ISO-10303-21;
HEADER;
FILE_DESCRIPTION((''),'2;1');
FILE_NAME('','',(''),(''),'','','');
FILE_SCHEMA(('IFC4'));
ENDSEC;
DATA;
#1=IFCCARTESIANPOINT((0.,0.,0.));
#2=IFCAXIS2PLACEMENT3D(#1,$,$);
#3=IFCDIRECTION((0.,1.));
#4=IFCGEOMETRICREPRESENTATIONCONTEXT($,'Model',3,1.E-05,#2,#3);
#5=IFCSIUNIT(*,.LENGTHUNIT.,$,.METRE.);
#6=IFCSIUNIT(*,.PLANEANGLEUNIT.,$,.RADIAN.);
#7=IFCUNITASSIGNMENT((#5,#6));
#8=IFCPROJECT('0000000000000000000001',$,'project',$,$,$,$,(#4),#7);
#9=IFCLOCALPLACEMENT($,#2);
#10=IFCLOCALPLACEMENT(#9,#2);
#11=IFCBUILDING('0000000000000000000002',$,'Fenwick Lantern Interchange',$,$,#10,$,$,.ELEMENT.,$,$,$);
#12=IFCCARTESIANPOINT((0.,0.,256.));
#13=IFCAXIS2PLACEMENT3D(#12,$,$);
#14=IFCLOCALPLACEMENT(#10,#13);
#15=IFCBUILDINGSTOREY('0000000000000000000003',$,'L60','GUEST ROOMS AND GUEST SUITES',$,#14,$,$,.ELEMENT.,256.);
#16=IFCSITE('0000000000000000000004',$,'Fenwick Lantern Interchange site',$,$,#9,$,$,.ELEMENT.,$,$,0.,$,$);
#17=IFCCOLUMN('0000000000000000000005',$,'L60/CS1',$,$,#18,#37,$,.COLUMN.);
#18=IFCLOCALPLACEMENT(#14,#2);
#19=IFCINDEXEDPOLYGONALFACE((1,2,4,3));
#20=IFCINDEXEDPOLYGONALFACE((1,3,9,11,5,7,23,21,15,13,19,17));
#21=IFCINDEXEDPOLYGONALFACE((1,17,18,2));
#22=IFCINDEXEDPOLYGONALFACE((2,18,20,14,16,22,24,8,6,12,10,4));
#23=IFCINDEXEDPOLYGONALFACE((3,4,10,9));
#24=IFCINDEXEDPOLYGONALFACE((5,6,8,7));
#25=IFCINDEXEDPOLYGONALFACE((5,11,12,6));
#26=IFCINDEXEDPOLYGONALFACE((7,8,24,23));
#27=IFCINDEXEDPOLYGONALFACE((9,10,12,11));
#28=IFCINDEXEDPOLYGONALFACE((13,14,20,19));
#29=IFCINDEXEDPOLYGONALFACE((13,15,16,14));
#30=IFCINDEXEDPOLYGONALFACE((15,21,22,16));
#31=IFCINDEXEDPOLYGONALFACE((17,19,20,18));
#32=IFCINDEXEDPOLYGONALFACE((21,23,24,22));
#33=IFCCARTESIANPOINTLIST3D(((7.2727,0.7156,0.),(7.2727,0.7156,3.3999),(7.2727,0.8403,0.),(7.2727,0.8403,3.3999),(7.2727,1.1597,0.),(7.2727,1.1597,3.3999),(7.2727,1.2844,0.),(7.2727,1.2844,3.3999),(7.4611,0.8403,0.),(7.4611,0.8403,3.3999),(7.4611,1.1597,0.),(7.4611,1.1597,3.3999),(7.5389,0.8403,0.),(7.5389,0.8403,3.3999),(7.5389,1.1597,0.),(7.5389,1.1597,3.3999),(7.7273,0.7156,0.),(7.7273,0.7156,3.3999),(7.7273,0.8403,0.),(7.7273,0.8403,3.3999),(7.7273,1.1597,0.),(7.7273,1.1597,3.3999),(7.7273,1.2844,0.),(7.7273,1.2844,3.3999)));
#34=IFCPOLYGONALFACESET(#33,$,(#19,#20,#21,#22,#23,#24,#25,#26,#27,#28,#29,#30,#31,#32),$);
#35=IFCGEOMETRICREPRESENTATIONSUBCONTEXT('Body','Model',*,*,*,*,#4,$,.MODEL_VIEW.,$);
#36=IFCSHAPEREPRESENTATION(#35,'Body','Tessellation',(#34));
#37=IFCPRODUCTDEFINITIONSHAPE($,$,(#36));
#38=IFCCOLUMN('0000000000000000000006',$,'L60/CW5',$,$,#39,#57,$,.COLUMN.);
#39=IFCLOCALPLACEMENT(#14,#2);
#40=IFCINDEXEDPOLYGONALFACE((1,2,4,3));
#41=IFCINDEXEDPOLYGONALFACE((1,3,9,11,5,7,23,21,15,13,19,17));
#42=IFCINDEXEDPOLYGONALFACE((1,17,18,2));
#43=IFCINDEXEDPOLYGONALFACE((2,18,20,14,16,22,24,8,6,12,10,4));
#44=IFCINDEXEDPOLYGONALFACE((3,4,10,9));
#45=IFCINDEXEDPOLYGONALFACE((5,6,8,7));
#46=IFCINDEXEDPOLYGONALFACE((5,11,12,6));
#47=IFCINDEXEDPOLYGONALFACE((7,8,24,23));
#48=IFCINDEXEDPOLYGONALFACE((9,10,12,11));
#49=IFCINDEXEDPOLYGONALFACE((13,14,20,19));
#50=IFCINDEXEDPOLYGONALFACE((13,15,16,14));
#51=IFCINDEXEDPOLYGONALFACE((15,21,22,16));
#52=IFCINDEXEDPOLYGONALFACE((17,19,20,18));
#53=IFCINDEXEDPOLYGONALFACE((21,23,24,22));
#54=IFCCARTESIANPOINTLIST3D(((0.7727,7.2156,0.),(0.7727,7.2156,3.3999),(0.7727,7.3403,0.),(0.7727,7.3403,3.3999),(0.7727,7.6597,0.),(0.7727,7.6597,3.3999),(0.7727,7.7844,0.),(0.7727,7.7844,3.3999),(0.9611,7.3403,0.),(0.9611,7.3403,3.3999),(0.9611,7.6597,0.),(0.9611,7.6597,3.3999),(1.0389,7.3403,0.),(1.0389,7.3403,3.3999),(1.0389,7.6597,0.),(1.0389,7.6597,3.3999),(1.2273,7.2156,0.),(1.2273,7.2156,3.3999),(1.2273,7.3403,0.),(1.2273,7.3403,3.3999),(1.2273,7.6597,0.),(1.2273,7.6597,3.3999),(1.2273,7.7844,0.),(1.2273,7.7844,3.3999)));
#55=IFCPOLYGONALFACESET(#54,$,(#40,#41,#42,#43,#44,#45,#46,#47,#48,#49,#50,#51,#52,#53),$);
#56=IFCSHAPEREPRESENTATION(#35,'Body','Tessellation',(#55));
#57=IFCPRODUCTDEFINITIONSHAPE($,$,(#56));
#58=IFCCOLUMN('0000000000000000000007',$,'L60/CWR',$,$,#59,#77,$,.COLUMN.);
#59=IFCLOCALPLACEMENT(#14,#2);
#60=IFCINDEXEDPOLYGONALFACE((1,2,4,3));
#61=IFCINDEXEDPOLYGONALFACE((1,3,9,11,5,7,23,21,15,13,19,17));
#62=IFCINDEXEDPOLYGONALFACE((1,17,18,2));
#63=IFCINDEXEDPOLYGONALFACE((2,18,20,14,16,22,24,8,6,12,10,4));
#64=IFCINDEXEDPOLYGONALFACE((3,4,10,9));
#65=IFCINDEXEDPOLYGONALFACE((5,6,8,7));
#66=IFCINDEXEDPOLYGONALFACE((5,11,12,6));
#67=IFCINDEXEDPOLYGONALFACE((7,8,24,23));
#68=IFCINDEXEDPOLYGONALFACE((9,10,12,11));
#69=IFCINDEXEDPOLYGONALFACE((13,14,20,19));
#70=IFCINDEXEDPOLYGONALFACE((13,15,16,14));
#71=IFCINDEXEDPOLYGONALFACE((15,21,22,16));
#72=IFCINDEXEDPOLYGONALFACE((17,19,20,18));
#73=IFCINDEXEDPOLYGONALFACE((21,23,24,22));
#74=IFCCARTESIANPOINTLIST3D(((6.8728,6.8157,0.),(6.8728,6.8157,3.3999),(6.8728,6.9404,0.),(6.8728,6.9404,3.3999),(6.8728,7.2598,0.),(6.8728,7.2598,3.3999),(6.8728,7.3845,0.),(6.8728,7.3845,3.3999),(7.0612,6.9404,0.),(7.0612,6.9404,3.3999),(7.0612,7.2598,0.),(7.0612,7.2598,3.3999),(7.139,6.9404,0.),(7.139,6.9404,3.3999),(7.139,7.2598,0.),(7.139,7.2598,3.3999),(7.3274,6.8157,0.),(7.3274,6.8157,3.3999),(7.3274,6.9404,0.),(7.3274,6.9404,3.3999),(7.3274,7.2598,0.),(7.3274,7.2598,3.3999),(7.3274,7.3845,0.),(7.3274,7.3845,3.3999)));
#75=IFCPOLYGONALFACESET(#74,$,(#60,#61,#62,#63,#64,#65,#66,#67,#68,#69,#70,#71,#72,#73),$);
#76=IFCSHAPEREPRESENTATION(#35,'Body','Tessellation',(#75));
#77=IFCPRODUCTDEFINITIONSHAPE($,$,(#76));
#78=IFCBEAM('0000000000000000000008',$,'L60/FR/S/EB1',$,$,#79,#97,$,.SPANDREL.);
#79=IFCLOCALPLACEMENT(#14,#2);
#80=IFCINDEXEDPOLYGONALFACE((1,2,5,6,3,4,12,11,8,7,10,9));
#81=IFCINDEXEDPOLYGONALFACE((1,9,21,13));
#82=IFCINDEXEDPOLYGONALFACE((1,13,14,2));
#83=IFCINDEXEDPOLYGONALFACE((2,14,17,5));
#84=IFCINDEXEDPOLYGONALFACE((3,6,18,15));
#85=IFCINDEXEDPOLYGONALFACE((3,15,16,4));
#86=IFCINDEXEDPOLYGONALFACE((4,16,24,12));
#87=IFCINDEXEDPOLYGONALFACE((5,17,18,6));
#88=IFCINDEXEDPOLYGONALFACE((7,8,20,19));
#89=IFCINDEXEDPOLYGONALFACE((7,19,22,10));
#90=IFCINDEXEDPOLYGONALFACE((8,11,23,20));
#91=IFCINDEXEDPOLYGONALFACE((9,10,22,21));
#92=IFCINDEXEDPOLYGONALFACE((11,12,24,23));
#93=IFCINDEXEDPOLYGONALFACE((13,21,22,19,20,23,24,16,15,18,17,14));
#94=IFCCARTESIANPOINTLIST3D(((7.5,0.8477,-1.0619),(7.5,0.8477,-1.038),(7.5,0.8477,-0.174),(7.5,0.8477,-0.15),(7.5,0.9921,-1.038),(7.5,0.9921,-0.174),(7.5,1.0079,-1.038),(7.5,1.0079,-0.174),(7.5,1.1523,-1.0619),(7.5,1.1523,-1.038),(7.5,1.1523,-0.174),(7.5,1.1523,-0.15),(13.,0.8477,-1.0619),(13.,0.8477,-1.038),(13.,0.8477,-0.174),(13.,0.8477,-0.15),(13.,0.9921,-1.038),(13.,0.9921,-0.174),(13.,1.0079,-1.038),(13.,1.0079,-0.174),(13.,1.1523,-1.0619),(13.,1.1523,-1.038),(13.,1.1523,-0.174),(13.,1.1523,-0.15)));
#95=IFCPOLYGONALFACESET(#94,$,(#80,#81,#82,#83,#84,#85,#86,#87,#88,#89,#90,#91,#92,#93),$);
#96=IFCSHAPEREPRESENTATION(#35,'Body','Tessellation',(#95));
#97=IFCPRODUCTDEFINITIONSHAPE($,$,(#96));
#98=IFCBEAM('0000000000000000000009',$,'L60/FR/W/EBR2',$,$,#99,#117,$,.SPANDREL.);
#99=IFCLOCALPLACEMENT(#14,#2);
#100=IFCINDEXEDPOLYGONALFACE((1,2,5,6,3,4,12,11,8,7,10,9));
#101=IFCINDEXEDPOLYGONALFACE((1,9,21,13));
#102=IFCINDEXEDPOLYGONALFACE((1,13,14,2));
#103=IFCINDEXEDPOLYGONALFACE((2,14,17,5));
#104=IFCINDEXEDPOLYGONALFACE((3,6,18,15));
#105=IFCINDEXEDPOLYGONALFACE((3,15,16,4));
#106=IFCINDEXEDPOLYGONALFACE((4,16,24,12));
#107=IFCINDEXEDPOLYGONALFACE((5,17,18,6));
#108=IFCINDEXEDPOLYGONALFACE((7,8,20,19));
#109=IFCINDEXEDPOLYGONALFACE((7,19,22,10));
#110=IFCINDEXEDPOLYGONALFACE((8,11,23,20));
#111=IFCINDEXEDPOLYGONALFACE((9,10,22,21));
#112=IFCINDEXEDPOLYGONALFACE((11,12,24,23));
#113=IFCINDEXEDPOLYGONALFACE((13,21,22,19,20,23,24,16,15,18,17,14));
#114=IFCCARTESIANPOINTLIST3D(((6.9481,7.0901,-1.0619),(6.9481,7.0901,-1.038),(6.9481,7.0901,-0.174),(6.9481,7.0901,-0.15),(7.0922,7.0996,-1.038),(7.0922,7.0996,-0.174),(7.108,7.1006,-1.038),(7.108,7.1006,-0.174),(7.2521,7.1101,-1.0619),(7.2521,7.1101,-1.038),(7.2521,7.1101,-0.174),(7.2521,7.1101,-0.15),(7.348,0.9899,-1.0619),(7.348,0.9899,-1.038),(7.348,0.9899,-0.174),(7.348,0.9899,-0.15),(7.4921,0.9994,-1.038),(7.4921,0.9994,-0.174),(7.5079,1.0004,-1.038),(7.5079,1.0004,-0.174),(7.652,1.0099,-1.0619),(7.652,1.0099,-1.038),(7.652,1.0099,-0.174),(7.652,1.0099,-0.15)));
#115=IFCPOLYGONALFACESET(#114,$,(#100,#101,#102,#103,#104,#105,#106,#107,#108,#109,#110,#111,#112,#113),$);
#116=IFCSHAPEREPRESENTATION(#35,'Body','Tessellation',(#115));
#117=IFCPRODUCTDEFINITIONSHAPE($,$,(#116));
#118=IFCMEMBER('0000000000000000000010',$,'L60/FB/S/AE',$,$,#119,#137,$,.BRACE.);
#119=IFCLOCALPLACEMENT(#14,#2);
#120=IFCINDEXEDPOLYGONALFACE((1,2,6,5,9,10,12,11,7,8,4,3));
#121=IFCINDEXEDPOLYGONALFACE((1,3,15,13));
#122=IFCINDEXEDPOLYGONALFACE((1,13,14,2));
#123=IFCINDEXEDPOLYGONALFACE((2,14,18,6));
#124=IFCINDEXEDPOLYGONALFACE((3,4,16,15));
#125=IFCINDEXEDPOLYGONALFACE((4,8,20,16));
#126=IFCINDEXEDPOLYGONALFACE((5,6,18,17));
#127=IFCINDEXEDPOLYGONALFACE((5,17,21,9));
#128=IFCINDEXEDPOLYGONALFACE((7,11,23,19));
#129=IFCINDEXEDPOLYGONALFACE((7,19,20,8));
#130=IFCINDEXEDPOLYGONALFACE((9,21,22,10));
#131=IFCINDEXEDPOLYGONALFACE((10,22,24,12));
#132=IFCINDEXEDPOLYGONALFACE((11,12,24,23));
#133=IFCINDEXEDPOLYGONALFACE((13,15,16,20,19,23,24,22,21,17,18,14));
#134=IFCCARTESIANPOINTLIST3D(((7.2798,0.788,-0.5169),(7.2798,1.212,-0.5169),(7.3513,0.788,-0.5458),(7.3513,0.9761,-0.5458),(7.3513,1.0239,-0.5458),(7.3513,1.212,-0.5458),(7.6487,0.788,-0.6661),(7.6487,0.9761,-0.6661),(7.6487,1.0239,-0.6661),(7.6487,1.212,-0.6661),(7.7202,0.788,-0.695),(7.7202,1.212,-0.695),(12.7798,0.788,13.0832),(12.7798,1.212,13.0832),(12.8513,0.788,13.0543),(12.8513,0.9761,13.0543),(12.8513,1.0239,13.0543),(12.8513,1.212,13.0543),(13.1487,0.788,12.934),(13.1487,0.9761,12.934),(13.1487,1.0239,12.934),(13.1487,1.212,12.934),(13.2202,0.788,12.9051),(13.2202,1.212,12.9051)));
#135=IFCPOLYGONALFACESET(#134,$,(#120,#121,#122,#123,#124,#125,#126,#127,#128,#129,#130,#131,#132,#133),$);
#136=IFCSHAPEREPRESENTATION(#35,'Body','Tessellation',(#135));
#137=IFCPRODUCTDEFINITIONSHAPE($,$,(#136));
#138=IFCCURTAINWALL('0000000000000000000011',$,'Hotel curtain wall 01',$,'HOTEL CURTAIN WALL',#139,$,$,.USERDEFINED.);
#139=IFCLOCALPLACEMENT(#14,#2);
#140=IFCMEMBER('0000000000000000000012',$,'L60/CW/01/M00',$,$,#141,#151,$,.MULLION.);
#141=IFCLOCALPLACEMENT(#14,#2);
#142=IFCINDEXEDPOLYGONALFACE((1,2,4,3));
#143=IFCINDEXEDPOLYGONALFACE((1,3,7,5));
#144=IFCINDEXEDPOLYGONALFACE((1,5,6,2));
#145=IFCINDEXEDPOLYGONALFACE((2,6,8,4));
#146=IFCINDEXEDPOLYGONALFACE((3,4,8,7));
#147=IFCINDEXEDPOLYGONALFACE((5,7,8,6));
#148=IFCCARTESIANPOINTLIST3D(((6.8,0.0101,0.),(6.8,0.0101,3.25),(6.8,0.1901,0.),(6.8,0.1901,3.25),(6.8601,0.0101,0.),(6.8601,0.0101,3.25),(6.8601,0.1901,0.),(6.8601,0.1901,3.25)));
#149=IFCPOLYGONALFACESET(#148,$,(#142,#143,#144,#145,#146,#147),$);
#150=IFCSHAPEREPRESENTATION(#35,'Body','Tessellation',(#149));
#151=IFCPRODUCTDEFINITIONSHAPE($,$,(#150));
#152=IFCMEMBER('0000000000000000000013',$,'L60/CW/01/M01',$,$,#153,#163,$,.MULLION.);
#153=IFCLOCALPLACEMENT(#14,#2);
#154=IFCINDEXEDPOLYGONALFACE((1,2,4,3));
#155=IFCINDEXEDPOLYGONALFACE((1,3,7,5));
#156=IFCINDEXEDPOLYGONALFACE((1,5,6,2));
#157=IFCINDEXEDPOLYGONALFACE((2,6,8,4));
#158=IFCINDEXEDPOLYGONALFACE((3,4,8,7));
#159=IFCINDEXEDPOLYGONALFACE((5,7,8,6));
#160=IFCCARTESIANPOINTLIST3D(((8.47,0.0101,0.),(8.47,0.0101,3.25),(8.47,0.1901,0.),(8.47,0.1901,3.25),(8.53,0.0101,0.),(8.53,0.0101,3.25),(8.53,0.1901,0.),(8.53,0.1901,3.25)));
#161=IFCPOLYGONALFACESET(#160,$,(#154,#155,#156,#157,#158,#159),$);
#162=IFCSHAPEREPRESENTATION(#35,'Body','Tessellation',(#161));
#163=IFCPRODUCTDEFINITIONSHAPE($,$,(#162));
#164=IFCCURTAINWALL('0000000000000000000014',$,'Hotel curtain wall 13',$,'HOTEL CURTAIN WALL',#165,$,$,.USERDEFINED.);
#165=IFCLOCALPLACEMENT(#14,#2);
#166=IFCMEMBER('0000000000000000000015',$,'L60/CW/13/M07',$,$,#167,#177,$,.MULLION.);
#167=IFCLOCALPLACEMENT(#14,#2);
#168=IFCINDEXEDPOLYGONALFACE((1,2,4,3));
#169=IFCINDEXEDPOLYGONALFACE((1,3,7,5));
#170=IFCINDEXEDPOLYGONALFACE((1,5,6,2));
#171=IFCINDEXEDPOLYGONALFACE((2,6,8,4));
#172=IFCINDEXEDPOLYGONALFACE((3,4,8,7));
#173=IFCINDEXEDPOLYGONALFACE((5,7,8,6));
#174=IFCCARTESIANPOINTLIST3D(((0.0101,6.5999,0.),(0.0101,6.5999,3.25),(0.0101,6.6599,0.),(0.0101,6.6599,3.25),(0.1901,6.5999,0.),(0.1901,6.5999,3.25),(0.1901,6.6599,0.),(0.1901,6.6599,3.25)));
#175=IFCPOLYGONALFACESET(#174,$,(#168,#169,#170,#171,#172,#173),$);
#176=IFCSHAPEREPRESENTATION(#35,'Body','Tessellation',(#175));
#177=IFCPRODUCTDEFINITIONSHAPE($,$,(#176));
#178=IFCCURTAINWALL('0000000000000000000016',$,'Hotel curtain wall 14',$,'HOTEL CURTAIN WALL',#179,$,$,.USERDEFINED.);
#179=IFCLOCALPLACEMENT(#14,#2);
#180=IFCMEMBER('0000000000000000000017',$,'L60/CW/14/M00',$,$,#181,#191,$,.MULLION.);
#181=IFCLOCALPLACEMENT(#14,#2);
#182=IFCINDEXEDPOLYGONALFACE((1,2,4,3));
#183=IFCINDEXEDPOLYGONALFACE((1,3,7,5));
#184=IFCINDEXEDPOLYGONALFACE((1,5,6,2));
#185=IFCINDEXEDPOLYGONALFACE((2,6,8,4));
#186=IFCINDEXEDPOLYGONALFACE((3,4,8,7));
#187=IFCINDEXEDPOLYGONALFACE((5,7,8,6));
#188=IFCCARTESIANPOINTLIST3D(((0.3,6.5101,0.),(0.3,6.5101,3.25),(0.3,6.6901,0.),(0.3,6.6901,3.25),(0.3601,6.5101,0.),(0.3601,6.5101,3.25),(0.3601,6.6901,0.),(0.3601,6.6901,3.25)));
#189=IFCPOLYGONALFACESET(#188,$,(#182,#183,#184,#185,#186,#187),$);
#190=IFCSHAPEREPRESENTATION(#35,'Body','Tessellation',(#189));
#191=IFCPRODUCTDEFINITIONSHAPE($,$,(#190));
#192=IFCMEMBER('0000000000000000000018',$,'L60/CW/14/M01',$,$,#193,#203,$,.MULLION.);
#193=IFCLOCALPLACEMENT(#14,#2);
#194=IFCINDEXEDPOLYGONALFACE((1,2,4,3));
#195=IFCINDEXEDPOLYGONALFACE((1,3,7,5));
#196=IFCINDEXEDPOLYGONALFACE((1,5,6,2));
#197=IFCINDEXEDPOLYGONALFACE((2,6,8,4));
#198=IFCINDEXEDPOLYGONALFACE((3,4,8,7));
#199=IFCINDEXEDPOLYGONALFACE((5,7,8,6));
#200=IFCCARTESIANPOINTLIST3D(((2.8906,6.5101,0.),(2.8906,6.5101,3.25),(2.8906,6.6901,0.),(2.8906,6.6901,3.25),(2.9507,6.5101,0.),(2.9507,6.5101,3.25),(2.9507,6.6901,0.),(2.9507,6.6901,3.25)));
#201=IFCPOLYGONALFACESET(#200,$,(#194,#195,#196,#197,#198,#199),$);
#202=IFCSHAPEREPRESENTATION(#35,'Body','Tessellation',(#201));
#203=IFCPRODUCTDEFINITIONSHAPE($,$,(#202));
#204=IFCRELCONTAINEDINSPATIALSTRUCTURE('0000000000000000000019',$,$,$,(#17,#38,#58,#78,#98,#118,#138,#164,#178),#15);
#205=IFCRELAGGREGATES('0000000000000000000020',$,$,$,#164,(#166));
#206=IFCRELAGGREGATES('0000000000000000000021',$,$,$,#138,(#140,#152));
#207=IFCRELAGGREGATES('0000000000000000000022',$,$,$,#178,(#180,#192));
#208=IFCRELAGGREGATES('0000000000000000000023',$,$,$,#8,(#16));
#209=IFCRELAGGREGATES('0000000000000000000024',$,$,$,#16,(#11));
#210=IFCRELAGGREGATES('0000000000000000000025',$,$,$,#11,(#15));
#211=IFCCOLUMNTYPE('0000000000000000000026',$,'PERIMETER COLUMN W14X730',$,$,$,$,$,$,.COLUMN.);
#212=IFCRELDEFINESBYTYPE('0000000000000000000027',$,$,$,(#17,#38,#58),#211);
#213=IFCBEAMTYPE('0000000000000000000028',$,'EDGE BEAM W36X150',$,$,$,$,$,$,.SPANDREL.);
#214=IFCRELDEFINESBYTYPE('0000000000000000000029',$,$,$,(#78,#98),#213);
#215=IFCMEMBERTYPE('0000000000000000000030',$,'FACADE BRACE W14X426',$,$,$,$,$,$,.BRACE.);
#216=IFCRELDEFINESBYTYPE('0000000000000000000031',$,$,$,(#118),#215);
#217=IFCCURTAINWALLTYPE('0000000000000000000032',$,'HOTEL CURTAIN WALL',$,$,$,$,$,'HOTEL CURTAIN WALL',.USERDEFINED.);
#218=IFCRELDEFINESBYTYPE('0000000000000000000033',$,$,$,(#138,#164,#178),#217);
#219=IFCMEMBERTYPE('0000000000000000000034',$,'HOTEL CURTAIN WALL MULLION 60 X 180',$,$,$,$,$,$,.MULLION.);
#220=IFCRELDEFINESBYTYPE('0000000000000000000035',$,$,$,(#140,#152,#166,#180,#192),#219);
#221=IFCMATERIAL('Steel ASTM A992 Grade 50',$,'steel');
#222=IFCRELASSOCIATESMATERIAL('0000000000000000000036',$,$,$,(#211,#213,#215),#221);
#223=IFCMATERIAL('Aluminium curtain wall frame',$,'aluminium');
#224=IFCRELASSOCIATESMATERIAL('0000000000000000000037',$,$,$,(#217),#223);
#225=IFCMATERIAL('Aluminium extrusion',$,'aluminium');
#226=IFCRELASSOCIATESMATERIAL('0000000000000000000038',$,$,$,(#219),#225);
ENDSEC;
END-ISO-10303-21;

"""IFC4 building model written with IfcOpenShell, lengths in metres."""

from ifc_helpers import new_model, si_unit, direction, frame, origin, origin_2d, place, context, subcontext, project, spatial, rectangle, i_section, extrude, material, material_profile, profile_set, type_object, element, aggregate, save


model = new_model("IFC4")

# Units and contexts
model_context = context("Model", 3, precision=1e-05, world=origin(), true_north=direction((0.0, 1.0)))
body_context = subcontext(model_context, "Body", "Model", "MODEL_VIEW")
ifc_project = project(units=[si_unit("LENGTHUNIT", "METRE"), si_unit("PLANEANGLEUNIT", "RADIAN")], contexts=[model_context])

# Site, building, storey
site_placement = place(None, origin())
site = spatial("IfcSite", under=ifc_project, at=site_placement, Name="Fenwick Lantern Interchange site", CompositionType="ELEMENT", RefElevation=0.0)
building_placement = place(site_placement, origin())
building = spatial("IfcBuilding", under=site, at=building_placement, Name="Fenwick Lantern Interchange", CompositionType="ELEMENT")
storey_placement = place(building_placement, frame((0.0, 0.0, 256.0)))
storey = spatial("IfcBuildingStorey", under=building, at=storey_placement, Name="L60", Description="GUEST ROOMS AND GUEST SUITES", CompositionType="ELEMENT", Elevation=256.0)

# Columns
ifc_material_1 = material(Name="Steel ASTM A992 Grade 50", Category="steel")
ifc_material_profile_1 = material_profile(ifc_material_1, i_section(OverallWidth=0.4546, OverallDepth=0.5688, WebThickness=0.0779, FlangeThickness=0.1248, at=origin_2d()), Name="W14X730")
ifc_profile_set_1 = profile_set([ifc_material_profile_1], Name="Steel ASTM A992 Grade 50")
column_type = type_object("IfcColumnType", Name="PERIMETER COLUMN W14X730", PredefinedType="COLUMN", material=ifc_profile_set_1)
for number, where, z_axis, x_axis, name in (
    (1, (7.5, 1.0, 0.0), (0.0, 0.0, 1.0), (1.0, 0.0, 0.0), "L60/CS1"),
    (2, (1.0, 7.5, 0.0), (0.0, 0.0, 1.0), (1.0, 0.0, 0.0), "L60/CW5"),
    (3, (7.1001, 7.1001, 0.0), (0.0, 0.0, 1.0), (1.0, 0.0, 0.0), "L60/CWR"),
):
    element("IfcColumn", number, at=place(storey_placement, frame(where, z_axis=z_axis, x_axis=x_axis)), inside=storey, type_object=column_type, Name=name, PredefinedType="COLUMN", context=body_context, shape_type="SweptSolid", body=[
        extrude(i_section(OverallWidth=0.4546, OverallDepth=0.5688, WebThickness=0.0779, FlangeThickness=0.1248, at=origin_2d()), origin(), (0.0, 0.0, 1.0), 3.3999),
    ])

# Beams
ifc_material_profile_2 = material_profile(ifc_material_1, i_section(OverallWidth=0.3047, OverallDepth=0.9119, WebThickness=0.0159, FlangeThickness=0.0239, at=origin_2d()), Name="W36X150")
ifc_profile_set_2 = profile_set([ifc_material_profile_2], Name="Steel ASTM A992 Grade 50")
beam_type = type_object("IfcBeamType", Name="EDGE BEAM W36X150", PredefinedType="SPANDREL", material=ifc_profile_set_2)
beam_1_placement = place(storey_placement, frame((7.5, 1.0, -0.606), z_axis=(1.0, 0.0, 0.0), x_axis=(0.0, 1.0, 0.0)))
element("IfcBeam", 4, at=beam_1_placement, inside=storey, type_object=beam_type, Name="L60/FR/S/EB1", PredefinedType="SPANDREL", context=body_context, shape_type="SweptSolid", body=[
    extrude(i_section(OverallWidth=0.3047, OverallDepth=0.9119, WebThickness=0.0159, FlangeThickness=0.0239, at=origin_2d()), origin(), (0.0, 0.0, 1.0), 5.5),
])
beam_2_placement = place(storey_placement, frame((7.1001, 7.1001, -0.606), z_axis=(0.065416, -0.997858, 0.0), x_axis=(0.997858, 0.065416, 0.0)))
element("IfcBeam", 5, at=beam_2_placement, inside=storey, type_object=beam_type, Name="L60/FR/W/EBR2", PredefinedType="SPANDREL", context=body_context, shape_type="SweptSolid", body=[
    extrude(i_section(OverallWidth=0.3047, OverallDepth=0.9119, WebThickness=0.0159, FlangeThickness=0.0239, at=origin_2d()), origin(), (0.0, 0.0, 1.0), 6.1133),
])

# Member
ifc_material_profile_3 = material_profile(ifc_material_1, i_section(OverallWidth=0.4241, OverallDepth=0.4751, WebThickness=0.0479, FlangeThickness=0.0771, at=origin_2d()), Name="W14X426")
ifc_profile_set_3 = profile_set([ifc_material_profile_3], Name="Steel ASTM A992 Grade 50")
member_type_1 = type_object("IfcMemberType", Name="FACADE BRACE W14X426", PredefinedType="BRACE", material=ifc_profile_set_3)
member_1_placement = place(storey_placement, frame((7.5, 1.0, -0.606), z_axis=(0.374912, 0.0, 0.927061), x_axis=(0.0, 1.0, 0.0)))
element("IfcMember", 6, at=member_1_placement, inside=storey, type_object=member_type_1, Name="L60/FB/S/AE", PredefinedType="BRACE", context=body_context, shape_type="SweptSolid", body=[
    extrude(i_section(OverallWidth=0.4241, OverallDepth=0.4751, WebThickness=0.0479, FlangeThickness=0.0771, at=origin_2d()), origin(), (0.0, 0.0, 1.0), 14.6702),
])

# Curtain wall, members
ifc_material_2 = material(Name="Aluminium curtain wall frame", Category="aluminium")
curtain_wall_type = type_object("IfcCurtainWallType", Name="HOTEL CURTAIN WALL", ElementType="HOTEL CURTAIN WALL", PredefinedType="USERDEFINED", material=ifc_material_2)
curtain_wall_1_placement = place(storey_placement, origin())
curtain_wall_1 = element("IfcCurtainWall", 7, at=curtain_wall_1_placement, inside=storey, type_object=curtain_wall_type, Name="Hotel curtain wall 01", ObjectType="HOTEL CURTAIN WALL", PredefinedType="USERDEFINED")
ifc_material_3 = material(Name="Aluminium extrusion", Category="aluminium")
ifc_material_profile_4 = material_profile(ifc_material_3, rectangle(XDim=0.1799, YDim=0.0601, at=origin_2d()), Name="HOTEL CURTAIN WALL MULLION 60 X 180")
ifc_profile_set_4 = profile_set([ifc_material_profile_4], Name="Aluminium extrusion")
member_type_2 = type_object("IfcMemberType", Name="HOTEL CURTAIN WALL MULLION 60 X 180", PredefinedType="MULLION", material=ifc_profile_set_4)
member_2_placement = place(storey_placement, frame((6.8301, 0.1001, 0.0), z_axis=(0.0, 0.0, 1.0), x_axis=(0.0, 1.0, 0.0)))
member_2 = element("IfcMember", 8, at=member_2_placement, type_object=member_type_2, Name="L60/CW/01/M00", PredefinedType="MULLION", context=body_context, shape_type="SweptSolid", body=[
    extrude(rectangle(XDim=0.1799, YDim=0.0601, at=origin_2d()), origin(), (0.0, 0.0, 1.0), 3.25),
])
member_3_placement = place(storey_placement, frame((8.5, 0.1001, 0.0), z_axis=(0.0, 0.0, 1.0), x_axis=(0.0, 1.0, 0.0)))
member_3 = element("IfcMember", 9, at=member_3_placement, type_object=member_type_2, Name="L60/CW/01/M01", PredefinedType="MULLION", context=body_context, shape_type="SweptSolid", body=[
    extrude(rectangle(XDim=0.1799, YDim=0.0601, at=origin_2d()), origin(), (0.0, 0.0, 1.0), 3.25),
])

# Curtain wall, member
curtain_wall_2_placement = place(storey_placement, origin())
curtain_wall_2 = element("IfcCurtainWall", 10, at=curtain_wall_2_placement, inside=storey, type_object=curtain_wall_type, Name="Hotel curtain wall 13", ObjectType="HOTEL CURTAIN WALL", PredefinedType="USERDEFINED")
member_4_placement = place(storey_placement, frame((0.1001, 6.6299, 0.0), z_axis=(0.0, 0.0, 1.0), x_axis=(1.0, 0.0, 0.0)))
member_4 = element("IfcMember", 11, at=member_4_placement, type_object=member_type_2, Name="L60/CW/13/M07", PredefinedType="MULLION", context=body_context, shape_type="SweptSolid", body=[
    extrude(rectangle(XDim=0.1799, YDim=0.0601, at=origin_2d()), origin(), (0.0, 0.0, 1.0), 3.25),
])
aggregate(curtain_wall_2, [member_4])

# Curtain wall, members
curtain_wall_3_placement = place(storey_placement, origin())
curtain_wall_3 = element("IfcCurtainWall", 12, at=curtain_wall_3_placement, inside=storey, type_object=curtain_wall_type, Name="Hotel curtain wall 14", ObjectType="HOTEL CURTAIN WALL", PredefinedType="USERDEFINED")
member_5_placement = place(storey_placement, frame((0.3301, 6.6001, 0.0), z_axis=(0.0, 0.0, 1.0), x_axis=(0.0, 1.0, 0.0)))
member_5 = element("IfcMember", 13, at=member_5_placement, type_object=member_type_2, Name="L60/CW/14/M00", PredefinedType="MULLION", context=body_context, shape_type="SweptSolid", body=[
    extrude(rectangle(XDim=0.1799, YDim=0.0601, at=origin_2d()), origin(), (0.0, 0.0, 1.0), 3.25),
])
member_6_placement = place(storey_placement, frame((2.9207, 6.6001, 0.0), z_axis=(0.0, 0.0, 1.0), x_axis=(0.0, 1.0, 0.0)))
member_6 = element("IfcMember", 14, at=member_6_placement, type_object=member_type_2, Name="L60/CW/14/M01", PredefinedType="MULLION", context=body_context, shape_type="SweptSolid", body=[
    extrude(rectangle(XDim=0.1799, YDim=0.0601, at=origin_2d()), origin(), (0.0, 0.0, 1.0), 3.25),
])

aggregate(curtain_wall_1, [member_2, member_3])
aggregate(curtain_wall_3, [member_5, member_6])

save(model, "model.ifc")
